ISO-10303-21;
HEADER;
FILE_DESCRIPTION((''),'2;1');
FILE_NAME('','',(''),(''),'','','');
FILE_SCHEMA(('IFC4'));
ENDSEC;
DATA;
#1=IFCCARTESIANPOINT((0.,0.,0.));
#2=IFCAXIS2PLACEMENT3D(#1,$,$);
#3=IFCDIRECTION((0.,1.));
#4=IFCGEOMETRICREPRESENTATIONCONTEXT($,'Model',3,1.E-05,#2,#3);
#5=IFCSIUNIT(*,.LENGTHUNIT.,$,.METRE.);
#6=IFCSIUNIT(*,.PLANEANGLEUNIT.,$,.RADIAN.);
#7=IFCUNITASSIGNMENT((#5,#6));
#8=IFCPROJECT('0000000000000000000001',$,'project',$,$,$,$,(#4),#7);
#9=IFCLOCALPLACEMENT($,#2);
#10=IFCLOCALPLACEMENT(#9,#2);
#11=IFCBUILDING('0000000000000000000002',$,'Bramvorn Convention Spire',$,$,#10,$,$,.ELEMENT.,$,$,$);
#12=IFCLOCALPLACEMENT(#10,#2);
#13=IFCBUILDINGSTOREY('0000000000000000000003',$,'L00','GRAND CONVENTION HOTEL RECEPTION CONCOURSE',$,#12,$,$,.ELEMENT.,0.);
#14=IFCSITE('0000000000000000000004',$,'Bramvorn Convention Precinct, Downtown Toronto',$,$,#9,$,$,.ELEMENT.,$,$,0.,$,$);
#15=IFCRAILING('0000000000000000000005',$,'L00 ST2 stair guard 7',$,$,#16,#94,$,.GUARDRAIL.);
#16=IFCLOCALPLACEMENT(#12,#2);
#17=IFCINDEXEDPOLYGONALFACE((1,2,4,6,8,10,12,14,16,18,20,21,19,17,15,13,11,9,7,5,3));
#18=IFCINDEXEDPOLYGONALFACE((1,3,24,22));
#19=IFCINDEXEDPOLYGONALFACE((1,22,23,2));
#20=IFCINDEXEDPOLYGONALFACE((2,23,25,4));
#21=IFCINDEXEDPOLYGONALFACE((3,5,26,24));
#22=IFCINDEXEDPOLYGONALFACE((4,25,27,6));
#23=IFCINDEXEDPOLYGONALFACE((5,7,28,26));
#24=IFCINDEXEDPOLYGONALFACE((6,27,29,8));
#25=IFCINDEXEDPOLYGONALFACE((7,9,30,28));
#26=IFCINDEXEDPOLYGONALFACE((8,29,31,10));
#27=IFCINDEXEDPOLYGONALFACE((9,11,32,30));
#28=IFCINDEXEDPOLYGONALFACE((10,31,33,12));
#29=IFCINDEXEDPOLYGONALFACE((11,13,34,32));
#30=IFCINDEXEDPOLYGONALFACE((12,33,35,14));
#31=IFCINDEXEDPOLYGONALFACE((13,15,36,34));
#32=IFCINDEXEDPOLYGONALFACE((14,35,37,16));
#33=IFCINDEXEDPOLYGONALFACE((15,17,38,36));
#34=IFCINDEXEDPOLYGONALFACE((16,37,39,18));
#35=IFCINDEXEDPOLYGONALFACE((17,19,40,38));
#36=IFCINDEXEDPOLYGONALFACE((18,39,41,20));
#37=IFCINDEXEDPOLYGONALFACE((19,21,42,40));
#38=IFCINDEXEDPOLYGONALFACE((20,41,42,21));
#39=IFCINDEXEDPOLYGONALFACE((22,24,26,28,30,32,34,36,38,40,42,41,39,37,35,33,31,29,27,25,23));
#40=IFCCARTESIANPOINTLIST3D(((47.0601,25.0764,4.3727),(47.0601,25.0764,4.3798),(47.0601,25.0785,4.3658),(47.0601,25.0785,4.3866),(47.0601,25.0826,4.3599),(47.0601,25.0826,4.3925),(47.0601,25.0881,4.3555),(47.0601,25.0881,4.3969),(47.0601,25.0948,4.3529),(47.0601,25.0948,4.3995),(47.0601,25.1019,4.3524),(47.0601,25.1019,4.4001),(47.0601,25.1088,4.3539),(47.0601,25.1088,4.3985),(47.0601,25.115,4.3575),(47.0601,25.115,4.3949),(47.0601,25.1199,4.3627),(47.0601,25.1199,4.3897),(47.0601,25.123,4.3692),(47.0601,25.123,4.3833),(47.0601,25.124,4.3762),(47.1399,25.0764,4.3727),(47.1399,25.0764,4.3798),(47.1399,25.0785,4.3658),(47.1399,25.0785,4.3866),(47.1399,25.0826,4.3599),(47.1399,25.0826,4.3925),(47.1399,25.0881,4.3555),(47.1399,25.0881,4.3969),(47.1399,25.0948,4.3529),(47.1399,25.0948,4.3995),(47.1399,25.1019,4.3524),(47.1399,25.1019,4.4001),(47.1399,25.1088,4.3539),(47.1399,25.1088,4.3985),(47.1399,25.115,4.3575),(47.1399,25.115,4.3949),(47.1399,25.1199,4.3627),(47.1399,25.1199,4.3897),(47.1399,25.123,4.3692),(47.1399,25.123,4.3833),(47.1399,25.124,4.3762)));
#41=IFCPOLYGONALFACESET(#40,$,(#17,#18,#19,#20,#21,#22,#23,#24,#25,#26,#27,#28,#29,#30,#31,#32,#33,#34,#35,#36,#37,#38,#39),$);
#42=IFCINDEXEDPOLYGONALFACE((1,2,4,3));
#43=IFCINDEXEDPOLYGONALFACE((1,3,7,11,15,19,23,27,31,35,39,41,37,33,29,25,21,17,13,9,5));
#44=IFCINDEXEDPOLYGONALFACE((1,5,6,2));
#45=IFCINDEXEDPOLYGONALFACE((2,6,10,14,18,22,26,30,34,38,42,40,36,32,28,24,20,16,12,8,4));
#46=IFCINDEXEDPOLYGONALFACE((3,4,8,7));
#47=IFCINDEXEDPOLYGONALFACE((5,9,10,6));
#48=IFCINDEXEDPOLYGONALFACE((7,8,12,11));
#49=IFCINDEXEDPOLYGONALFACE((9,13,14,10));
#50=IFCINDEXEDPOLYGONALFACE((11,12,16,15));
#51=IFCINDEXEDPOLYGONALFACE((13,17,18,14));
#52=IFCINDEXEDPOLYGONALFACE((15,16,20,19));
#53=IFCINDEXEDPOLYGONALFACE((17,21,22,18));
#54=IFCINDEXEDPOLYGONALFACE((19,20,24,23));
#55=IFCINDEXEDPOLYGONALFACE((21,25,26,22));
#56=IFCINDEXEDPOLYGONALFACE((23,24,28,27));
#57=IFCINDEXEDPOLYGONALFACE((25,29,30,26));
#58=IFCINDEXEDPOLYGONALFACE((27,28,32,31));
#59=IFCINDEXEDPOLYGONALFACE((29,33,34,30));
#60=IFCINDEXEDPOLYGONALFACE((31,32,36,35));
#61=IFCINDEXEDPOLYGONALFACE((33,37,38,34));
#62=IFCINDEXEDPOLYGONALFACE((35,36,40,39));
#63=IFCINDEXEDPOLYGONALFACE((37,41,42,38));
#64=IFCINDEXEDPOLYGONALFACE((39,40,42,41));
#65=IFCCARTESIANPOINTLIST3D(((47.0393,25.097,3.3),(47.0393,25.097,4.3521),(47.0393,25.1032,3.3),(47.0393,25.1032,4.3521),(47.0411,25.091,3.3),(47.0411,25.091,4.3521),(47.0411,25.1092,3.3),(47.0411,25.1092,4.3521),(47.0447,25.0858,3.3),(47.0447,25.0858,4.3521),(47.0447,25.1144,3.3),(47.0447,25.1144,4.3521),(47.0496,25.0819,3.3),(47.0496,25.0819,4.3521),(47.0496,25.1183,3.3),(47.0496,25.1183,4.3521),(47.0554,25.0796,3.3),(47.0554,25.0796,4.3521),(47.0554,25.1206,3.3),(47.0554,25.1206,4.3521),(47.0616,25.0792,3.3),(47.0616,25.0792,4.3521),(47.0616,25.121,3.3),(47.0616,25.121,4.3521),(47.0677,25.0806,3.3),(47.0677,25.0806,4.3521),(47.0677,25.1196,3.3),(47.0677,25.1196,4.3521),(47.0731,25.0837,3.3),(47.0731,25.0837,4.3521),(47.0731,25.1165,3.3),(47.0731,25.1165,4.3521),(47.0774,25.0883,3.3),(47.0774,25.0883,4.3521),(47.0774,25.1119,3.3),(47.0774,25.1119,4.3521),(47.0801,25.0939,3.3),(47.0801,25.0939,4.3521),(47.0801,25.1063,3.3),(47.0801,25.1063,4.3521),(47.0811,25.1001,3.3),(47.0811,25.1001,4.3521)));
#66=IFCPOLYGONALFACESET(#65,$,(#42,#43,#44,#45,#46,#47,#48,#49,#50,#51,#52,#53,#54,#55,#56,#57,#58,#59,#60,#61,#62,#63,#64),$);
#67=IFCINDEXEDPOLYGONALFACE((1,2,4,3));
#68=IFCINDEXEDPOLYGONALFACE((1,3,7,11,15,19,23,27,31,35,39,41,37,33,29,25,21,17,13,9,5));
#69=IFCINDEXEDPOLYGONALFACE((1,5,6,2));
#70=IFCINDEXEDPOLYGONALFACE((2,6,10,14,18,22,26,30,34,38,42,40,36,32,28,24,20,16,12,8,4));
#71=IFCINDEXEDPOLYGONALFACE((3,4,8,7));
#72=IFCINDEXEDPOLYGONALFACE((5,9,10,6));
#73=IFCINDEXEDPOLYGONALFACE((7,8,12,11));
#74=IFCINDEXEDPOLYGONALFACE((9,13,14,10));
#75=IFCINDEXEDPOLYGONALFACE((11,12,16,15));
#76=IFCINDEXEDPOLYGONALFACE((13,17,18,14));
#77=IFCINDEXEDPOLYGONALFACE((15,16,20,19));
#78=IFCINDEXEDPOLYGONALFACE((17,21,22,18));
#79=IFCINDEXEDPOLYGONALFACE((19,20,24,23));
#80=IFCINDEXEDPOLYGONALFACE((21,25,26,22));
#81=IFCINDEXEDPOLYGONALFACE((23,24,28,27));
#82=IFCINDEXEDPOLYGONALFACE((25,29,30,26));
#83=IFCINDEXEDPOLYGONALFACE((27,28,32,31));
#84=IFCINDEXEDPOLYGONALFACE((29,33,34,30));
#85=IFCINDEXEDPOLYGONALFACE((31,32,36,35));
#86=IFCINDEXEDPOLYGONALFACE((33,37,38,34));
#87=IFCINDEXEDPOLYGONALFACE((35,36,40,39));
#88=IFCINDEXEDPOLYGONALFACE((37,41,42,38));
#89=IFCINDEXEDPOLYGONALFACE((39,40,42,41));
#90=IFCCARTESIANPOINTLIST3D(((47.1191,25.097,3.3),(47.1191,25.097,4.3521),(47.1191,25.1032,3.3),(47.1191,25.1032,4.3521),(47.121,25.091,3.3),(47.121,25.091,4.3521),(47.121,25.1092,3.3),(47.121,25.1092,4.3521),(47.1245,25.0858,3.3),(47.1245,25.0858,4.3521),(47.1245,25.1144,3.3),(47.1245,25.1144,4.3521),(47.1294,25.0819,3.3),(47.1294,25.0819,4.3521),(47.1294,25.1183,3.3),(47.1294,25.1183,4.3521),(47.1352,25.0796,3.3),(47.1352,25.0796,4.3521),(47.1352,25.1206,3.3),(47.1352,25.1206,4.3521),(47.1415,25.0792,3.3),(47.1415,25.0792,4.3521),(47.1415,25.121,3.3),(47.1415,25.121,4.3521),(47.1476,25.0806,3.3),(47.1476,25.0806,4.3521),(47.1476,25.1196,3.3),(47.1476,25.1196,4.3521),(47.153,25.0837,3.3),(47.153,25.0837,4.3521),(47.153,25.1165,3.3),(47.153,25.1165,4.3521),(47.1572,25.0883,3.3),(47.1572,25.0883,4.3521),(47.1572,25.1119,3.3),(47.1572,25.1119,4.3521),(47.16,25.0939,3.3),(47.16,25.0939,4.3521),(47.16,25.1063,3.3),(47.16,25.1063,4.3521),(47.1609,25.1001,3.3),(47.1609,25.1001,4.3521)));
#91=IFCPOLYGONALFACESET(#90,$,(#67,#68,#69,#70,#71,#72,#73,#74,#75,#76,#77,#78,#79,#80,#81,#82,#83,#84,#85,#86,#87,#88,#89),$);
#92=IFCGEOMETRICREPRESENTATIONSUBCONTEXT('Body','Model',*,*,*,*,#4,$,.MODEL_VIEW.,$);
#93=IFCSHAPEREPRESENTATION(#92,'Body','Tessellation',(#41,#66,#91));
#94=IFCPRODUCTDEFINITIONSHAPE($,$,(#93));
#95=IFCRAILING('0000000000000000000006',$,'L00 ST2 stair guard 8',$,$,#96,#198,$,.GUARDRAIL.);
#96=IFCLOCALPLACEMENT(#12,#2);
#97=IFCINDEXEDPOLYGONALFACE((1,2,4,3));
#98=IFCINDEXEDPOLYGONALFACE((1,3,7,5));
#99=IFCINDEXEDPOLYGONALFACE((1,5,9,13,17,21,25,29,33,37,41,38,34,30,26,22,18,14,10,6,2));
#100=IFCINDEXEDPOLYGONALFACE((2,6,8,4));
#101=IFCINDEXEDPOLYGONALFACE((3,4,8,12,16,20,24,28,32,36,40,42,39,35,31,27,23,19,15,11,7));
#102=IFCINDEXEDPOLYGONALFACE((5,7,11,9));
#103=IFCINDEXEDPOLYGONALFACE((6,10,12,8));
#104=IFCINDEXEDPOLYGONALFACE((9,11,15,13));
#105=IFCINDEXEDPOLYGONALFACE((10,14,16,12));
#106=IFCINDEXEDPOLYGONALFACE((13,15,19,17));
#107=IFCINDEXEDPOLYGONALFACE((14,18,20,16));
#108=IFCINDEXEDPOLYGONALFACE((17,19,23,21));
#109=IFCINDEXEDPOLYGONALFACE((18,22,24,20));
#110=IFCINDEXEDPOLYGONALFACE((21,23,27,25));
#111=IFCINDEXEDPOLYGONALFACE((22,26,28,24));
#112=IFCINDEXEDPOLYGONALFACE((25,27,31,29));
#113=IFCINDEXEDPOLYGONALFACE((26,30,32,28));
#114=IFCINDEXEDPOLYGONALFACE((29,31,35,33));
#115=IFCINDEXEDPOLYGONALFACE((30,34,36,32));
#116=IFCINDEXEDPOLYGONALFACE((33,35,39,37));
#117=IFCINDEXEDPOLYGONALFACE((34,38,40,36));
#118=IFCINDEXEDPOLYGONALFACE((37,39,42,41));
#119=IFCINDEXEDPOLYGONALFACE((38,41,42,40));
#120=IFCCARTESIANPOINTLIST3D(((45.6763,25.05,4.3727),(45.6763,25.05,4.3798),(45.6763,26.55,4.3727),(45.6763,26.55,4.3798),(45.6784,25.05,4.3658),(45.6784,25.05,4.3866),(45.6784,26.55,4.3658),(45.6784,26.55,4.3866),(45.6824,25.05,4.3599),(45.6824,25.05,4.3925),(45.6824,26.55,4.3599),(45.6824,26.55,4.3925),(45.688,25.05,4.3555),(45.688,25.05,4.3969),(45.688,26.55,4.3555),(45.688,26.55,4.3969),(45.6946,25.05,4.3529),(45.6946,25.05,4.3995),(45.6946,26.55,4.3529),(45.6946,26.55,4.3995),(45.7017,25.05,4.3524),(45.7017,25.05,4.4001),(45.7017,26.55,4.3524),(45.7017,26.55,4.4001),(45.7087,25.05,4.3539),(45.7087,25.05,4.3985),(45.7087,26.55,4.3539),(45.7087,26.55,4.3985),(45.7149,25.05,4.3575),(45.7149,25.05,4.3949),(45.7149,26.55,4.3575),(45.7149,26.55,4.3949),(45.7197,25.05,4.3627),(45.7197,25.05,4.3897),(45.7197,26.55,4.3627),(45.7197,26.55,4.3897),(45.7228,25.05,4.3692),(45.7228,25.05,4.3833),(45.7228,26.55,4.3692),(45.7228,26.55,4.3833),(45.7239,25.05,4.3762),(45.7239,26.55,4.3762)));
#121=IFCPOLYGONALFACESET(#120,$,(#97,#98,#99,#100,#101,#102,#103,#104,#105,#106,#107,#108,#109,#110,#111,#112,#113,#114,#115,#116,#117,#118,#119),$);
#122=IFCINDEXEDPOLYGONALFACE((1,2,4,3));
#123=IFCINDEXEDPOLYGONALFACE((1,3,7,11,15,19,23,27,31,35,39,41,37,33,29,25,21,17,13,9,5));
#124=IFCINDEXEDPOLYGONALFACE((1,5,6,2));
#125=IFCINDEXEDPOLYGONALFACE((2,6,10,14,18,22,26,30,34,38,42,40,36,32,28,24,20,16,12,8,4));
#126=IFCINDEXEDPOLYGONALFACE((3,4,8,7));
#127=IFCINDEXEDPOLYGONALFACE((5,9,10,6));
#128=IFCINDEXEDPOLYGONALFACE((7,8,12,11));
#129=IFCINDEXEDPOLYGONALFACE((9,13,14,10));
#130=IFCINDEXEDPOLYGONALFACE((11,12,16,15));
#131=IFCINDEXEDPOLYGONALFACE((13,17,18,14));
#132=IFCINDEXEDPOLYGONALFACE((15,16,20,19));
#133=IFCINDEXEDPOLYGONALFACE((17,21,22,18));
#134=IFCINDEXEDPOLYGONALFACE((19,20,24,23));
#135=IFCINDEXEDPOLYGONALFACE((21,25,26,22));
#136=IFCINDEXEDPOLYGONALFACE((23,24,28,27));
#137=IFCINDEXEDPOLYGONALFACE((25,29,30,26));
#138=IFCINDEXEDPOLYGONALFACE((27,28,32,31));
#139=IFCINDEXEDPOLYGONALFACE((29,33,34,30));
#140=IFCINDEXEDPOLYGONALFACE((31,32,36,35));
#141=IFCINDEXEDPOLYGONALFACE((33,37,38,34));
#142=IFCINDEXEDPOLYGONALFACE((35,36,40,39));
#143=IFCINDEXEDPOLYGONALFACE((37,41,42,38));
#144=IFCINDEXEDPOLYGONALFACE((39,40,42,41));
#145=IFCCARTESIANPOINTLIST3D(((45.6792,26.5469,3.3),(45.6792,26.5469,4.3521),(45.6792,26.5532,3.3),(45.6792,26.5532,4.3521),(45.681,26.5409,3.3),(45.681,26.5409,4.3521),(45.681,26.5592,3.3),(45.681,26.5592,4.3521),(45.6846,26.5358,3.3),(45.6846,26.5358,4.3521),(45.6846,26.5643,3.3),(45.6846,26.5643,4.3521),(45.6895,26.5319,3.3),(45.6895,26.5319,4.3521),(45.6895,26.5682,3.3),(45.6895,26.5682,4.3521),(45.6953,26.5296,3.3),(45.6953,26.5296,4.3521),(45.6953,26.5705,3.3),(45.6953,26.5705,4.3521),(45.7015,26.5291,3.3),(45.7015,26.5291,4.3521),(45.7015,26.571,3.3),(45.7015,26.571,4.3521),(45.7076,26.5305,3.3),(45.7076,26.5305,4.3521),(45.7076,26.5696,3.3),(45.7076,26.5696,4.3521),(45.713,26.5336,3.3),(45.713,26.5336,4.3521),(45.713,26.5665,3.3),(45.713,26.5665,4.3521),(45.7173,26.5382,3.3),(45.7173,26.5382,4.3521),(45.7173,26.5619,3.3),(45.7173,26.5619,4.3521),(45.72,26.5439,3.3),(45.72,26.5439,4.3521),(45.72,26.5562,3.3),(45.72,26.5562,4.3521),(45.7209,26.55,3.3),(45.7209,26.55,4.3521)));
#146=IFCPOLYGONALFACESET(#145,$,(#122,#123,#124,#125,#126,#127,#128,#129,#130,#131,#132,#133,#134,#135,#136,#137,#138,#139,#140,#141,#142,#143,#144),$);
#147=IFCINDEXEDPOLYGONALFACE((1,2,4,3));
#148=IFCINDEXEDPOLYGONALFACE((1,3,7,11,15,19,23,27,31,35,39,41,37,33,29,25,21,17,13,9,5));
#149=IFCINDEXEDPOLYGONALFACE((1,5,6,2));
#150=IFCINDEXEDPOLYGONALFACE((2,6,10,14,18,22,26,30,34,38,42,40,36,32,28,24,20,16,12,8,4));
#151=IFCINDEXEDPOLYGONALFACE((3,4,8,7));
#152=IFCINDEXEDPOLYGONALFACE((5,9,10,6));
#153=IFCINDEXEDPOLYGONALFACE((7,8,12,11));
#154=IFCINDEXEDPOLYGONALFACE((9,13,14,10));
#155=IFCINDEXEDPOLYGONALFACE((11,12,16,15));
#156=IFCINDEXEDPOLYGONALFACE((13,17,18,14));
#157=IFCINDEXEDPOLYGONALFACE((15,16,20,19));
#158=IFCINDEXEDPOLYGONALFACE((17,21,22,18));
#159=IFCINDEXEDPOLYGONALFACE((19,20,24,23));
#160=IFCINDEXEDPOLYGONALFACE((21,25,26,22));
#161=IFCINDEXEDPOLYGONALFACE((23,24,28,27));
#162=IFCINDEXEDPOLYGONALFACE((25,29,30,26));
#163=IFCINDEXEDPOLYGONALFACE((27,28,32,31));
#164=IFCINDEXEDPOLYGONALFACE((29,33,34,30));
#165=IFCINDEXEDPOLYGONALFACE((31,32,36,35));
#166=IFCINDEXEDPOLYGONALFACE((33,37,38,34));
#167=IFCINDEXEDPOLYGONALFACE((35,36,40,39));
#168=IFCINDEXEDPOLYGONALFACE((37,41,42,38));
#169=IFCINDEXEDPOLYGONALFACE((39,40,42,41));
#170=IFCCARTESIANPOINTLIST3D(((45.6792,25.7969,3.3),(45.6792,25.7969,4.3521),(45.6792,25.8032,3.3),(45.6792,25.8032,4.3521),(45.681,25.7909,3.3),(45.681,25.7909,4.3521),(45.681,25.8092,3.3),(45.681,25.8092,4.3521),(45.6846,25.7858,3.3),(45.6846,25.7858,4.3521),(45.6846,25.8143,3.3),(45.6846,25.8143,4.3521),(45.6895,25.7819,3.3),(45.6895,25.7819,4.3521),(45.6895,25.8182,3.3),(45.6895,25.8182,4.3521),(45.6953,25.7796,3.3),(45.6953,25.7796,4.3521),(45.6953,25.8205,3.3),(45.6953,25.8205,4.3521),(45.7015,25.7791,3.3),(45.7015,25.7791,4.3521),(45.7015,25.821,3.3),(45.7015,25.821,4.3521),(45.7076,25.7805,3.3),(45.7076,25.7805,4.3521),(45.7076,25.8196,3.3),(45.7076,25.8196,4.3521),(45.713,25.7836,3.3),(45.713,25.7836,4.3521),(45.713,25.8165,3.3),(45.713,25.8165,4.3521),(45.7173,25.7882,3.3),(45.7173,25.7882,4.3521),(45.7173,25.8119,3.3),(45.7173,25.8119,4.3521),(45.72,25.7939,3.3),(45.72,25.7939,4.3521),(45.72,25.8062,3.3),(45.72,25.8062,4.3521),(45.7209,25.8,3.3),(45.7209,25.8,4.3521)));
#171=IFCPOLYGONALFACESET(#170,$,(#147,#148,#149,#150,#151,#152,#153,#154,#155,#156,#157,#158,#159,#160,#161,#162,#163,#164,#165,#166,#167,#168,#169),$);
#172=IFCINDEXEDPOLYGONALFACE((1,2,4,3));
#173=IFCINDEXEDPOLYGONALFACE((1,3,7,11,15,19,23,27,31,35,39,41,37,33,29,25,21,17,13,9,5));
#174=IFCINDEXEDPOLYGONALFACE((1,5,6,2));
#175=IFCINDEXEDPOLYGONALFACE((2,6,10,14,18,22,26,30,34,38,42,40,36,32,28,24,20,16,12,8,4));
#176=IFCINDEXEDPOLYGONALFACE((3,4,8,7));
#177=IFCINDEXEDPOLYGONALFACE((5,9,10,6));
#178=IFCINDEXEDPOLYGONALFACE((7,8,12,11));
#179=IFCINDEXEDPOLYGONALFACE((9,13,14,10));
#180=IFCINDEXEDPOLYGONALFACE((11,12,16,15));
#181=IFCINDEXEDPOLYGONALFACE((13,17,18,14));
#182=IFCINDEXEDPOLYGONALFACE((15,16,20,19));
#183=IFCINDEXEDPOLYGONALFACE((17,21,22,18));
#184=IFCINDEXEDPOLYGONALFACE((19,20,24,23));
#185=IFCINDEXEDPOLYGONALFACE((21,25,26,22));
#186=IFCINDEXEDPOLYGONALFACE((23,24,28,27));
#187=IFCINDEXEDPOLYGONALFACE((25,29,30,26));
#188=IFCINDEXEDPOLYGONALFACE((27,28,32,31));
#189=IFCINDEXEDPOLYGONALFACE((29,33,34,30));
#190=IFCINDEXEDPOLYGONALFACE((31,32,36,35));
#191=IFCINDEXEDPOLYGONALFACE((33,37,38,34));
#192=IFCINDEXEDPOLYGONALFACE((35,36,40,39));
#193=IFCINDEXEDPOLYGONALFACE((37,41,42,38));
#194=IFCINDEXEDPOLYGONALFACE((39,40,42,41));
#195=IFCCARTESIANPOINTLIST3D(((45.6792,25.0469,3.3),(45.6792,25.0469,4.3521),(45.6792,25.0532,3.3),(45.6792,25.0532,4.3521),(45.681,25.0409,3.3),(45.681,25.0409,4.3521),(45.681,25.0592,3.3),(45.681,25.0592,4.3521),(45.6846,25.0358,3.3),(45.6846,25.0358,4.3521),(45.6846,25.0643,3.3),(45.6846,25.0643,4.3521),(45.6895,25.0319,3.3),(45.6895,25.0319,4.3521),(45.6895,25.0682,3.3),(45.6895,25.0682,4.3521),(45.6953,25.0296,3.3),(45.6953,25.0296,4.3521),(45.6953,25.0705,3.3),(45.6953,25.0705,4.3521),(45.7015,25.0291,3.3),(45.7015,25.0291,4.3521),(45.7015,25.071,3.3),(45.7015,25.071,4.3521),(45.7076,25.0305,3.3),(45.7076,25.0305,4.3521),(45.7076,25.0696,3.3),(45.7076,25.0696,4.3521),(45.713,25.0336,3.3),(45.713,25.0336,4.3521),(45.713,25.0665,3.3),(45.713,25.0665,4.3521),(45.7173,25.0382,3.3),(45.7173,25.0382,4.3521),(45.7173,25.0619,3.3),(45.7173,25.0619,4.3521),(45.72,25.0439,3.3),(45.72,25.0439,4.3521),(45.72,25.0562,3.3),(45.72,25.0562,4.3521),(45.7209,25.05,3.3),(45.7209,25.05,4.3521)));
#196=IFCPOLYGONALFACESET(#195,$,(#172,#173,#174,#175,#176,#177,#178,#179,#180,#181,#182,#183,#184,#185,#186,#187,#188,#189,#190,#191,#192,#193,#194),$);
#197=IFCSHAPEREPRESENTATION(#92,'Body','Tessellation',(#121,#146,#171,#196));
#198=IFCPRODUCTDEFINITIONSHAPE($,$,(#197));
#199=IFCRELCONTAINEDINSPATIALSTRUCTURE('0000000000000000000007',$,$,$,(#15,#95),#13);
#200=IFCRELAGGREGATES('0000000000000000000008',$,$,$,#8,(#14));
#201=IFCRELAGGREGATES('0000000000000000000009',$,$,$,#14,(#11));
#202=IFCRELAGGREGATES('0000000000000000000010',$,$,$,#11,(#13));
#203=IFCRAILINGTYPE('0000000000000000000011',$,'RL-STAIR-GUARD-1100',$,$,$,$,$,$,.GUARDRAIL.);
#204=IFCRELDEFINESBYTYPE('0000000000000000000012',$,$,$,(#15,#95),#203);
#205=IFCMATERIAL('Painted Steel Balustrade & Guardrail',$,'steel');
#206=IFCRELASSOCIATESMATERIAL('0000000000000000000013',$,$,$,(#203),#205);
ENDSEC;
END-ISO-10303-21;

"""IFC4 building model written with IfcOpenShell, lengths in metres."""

from ifc_helpers import new_model, si_unit, direction, frame, origin, origin_2d, place, context, subcontext, project, spatial, circle, extrude, material, type_object, element, save


model = new_model("IFC4")

# Units and contexts
model_context = context("Model", 3, precision=1e-05, world=origin(), true_north=direction((0.0, 1.0)))
body_context = subcontext(model_context, "Body", "Model", "MODEL_VIEW")
ifc_project = project(units=[si_unit("LENGTHUNIT", "METRE"), si_unit("PLANEANGLEUNIT", "RADIAN")], contexts=[model_context])

# Site, building, storey
site_placement = place(None, origin())
site = spatial("IfcSite", under=ifc_project, at=site_placement, Name="Bramvorn Convention Precinct, Downtown Toronto", CompositionType="ELEMENT", RefElevation=0.0)
building_placement = place(site_placement, origin())
building = spatial("IfcBuilding", under=site, at=building_placement, Name="Bramvorn Convention Spire", CompositionType="ELEMENT")
storey_placement = place(building_placement, origin())
storey = spatial("IfcBuildingStorey", under=building, at=storey_placement, Name="L00", Description="GRAND CONVENTION HOTEL RECEPTION CONCOURSE", CompositionType="ELEMENT", Elevation=0.0)

# Railings
ifc_material_1 = material(Name="Painted Steel Balustrade & Guardrail", Category="steel")
railing_type = type_object("IfcRailingType", Name="RL-STAIR-GUARD-1100", PredefinedType="GUARDRAIL", material=ifc_material_1)
railing_1_placement = place(storey_placement, frame((47.0601, 25.1001, 3.3)))
element("IfcRailing", 1, at=railing_1_placement, inside=storey, type_object=railing_type, Name="L00 ST2 stair guard 7", PredefinedType="GUARDRAIL", context=body_context, shape_type="SweptSolid", body=[
    extrude(circle(Radius=0.0239, at=origin_2d()), frame((0.0, 0.0, 1.0762), z_axis=(1.0, 0.0, 0.0), x_axis=(0.0, 1.0, 0.0)), (0.0, 0.0, 1.0), 0.0798),
    extrude(circle(Radius=0.021, at=origin_2d()), origin(), (0.0, 0.0, 1.0), 1.052),
    extrude(circle(Radius=0.021, at=origin_2d()), frame((0.0798, 0.0, 0.0)), (0.0, 0.0, 1.0), 1.052),
])
for number, where, name in (
    (2, (45.7, 26.55, 3.3), "L00 ST2 stair guard 8"),
):
    element("IfcRailing", number, at=place(storey_placement, frame(where)), inside=storey, type_object=railing_type, Name=name, PredefinedType="GUARDRAIL", context=body_context, shape_type="SweptSolid", body=[
        extrude(circle(Radius=0.0239, at=origin_2d()), frame((0.0, 0.0, 1.0762), z_axis=(0.0, -1.0, 0.0), x_axis=(1.0, 0.0, 0.0)), (0.0, 0.0, 1.0), 1.5),
        extrude(circle(Radius=0.021, at=origin_2d()), origin(), (0.0, 0.0, 1.0), 1.052),
        extrude(circle(Radius=0.021, at=origin_2d()), frame((0.0, -0.75, 0.0)), (0.0, 0.0, 1.0), 1.052),
        extrude(circle(Radius=0.021, at=origin_2d()), frame((0.0, -1.5, 0.0)), (0.0, 0.0, 1.0), 1.052),
    ])

save(model, "model.ifc")
